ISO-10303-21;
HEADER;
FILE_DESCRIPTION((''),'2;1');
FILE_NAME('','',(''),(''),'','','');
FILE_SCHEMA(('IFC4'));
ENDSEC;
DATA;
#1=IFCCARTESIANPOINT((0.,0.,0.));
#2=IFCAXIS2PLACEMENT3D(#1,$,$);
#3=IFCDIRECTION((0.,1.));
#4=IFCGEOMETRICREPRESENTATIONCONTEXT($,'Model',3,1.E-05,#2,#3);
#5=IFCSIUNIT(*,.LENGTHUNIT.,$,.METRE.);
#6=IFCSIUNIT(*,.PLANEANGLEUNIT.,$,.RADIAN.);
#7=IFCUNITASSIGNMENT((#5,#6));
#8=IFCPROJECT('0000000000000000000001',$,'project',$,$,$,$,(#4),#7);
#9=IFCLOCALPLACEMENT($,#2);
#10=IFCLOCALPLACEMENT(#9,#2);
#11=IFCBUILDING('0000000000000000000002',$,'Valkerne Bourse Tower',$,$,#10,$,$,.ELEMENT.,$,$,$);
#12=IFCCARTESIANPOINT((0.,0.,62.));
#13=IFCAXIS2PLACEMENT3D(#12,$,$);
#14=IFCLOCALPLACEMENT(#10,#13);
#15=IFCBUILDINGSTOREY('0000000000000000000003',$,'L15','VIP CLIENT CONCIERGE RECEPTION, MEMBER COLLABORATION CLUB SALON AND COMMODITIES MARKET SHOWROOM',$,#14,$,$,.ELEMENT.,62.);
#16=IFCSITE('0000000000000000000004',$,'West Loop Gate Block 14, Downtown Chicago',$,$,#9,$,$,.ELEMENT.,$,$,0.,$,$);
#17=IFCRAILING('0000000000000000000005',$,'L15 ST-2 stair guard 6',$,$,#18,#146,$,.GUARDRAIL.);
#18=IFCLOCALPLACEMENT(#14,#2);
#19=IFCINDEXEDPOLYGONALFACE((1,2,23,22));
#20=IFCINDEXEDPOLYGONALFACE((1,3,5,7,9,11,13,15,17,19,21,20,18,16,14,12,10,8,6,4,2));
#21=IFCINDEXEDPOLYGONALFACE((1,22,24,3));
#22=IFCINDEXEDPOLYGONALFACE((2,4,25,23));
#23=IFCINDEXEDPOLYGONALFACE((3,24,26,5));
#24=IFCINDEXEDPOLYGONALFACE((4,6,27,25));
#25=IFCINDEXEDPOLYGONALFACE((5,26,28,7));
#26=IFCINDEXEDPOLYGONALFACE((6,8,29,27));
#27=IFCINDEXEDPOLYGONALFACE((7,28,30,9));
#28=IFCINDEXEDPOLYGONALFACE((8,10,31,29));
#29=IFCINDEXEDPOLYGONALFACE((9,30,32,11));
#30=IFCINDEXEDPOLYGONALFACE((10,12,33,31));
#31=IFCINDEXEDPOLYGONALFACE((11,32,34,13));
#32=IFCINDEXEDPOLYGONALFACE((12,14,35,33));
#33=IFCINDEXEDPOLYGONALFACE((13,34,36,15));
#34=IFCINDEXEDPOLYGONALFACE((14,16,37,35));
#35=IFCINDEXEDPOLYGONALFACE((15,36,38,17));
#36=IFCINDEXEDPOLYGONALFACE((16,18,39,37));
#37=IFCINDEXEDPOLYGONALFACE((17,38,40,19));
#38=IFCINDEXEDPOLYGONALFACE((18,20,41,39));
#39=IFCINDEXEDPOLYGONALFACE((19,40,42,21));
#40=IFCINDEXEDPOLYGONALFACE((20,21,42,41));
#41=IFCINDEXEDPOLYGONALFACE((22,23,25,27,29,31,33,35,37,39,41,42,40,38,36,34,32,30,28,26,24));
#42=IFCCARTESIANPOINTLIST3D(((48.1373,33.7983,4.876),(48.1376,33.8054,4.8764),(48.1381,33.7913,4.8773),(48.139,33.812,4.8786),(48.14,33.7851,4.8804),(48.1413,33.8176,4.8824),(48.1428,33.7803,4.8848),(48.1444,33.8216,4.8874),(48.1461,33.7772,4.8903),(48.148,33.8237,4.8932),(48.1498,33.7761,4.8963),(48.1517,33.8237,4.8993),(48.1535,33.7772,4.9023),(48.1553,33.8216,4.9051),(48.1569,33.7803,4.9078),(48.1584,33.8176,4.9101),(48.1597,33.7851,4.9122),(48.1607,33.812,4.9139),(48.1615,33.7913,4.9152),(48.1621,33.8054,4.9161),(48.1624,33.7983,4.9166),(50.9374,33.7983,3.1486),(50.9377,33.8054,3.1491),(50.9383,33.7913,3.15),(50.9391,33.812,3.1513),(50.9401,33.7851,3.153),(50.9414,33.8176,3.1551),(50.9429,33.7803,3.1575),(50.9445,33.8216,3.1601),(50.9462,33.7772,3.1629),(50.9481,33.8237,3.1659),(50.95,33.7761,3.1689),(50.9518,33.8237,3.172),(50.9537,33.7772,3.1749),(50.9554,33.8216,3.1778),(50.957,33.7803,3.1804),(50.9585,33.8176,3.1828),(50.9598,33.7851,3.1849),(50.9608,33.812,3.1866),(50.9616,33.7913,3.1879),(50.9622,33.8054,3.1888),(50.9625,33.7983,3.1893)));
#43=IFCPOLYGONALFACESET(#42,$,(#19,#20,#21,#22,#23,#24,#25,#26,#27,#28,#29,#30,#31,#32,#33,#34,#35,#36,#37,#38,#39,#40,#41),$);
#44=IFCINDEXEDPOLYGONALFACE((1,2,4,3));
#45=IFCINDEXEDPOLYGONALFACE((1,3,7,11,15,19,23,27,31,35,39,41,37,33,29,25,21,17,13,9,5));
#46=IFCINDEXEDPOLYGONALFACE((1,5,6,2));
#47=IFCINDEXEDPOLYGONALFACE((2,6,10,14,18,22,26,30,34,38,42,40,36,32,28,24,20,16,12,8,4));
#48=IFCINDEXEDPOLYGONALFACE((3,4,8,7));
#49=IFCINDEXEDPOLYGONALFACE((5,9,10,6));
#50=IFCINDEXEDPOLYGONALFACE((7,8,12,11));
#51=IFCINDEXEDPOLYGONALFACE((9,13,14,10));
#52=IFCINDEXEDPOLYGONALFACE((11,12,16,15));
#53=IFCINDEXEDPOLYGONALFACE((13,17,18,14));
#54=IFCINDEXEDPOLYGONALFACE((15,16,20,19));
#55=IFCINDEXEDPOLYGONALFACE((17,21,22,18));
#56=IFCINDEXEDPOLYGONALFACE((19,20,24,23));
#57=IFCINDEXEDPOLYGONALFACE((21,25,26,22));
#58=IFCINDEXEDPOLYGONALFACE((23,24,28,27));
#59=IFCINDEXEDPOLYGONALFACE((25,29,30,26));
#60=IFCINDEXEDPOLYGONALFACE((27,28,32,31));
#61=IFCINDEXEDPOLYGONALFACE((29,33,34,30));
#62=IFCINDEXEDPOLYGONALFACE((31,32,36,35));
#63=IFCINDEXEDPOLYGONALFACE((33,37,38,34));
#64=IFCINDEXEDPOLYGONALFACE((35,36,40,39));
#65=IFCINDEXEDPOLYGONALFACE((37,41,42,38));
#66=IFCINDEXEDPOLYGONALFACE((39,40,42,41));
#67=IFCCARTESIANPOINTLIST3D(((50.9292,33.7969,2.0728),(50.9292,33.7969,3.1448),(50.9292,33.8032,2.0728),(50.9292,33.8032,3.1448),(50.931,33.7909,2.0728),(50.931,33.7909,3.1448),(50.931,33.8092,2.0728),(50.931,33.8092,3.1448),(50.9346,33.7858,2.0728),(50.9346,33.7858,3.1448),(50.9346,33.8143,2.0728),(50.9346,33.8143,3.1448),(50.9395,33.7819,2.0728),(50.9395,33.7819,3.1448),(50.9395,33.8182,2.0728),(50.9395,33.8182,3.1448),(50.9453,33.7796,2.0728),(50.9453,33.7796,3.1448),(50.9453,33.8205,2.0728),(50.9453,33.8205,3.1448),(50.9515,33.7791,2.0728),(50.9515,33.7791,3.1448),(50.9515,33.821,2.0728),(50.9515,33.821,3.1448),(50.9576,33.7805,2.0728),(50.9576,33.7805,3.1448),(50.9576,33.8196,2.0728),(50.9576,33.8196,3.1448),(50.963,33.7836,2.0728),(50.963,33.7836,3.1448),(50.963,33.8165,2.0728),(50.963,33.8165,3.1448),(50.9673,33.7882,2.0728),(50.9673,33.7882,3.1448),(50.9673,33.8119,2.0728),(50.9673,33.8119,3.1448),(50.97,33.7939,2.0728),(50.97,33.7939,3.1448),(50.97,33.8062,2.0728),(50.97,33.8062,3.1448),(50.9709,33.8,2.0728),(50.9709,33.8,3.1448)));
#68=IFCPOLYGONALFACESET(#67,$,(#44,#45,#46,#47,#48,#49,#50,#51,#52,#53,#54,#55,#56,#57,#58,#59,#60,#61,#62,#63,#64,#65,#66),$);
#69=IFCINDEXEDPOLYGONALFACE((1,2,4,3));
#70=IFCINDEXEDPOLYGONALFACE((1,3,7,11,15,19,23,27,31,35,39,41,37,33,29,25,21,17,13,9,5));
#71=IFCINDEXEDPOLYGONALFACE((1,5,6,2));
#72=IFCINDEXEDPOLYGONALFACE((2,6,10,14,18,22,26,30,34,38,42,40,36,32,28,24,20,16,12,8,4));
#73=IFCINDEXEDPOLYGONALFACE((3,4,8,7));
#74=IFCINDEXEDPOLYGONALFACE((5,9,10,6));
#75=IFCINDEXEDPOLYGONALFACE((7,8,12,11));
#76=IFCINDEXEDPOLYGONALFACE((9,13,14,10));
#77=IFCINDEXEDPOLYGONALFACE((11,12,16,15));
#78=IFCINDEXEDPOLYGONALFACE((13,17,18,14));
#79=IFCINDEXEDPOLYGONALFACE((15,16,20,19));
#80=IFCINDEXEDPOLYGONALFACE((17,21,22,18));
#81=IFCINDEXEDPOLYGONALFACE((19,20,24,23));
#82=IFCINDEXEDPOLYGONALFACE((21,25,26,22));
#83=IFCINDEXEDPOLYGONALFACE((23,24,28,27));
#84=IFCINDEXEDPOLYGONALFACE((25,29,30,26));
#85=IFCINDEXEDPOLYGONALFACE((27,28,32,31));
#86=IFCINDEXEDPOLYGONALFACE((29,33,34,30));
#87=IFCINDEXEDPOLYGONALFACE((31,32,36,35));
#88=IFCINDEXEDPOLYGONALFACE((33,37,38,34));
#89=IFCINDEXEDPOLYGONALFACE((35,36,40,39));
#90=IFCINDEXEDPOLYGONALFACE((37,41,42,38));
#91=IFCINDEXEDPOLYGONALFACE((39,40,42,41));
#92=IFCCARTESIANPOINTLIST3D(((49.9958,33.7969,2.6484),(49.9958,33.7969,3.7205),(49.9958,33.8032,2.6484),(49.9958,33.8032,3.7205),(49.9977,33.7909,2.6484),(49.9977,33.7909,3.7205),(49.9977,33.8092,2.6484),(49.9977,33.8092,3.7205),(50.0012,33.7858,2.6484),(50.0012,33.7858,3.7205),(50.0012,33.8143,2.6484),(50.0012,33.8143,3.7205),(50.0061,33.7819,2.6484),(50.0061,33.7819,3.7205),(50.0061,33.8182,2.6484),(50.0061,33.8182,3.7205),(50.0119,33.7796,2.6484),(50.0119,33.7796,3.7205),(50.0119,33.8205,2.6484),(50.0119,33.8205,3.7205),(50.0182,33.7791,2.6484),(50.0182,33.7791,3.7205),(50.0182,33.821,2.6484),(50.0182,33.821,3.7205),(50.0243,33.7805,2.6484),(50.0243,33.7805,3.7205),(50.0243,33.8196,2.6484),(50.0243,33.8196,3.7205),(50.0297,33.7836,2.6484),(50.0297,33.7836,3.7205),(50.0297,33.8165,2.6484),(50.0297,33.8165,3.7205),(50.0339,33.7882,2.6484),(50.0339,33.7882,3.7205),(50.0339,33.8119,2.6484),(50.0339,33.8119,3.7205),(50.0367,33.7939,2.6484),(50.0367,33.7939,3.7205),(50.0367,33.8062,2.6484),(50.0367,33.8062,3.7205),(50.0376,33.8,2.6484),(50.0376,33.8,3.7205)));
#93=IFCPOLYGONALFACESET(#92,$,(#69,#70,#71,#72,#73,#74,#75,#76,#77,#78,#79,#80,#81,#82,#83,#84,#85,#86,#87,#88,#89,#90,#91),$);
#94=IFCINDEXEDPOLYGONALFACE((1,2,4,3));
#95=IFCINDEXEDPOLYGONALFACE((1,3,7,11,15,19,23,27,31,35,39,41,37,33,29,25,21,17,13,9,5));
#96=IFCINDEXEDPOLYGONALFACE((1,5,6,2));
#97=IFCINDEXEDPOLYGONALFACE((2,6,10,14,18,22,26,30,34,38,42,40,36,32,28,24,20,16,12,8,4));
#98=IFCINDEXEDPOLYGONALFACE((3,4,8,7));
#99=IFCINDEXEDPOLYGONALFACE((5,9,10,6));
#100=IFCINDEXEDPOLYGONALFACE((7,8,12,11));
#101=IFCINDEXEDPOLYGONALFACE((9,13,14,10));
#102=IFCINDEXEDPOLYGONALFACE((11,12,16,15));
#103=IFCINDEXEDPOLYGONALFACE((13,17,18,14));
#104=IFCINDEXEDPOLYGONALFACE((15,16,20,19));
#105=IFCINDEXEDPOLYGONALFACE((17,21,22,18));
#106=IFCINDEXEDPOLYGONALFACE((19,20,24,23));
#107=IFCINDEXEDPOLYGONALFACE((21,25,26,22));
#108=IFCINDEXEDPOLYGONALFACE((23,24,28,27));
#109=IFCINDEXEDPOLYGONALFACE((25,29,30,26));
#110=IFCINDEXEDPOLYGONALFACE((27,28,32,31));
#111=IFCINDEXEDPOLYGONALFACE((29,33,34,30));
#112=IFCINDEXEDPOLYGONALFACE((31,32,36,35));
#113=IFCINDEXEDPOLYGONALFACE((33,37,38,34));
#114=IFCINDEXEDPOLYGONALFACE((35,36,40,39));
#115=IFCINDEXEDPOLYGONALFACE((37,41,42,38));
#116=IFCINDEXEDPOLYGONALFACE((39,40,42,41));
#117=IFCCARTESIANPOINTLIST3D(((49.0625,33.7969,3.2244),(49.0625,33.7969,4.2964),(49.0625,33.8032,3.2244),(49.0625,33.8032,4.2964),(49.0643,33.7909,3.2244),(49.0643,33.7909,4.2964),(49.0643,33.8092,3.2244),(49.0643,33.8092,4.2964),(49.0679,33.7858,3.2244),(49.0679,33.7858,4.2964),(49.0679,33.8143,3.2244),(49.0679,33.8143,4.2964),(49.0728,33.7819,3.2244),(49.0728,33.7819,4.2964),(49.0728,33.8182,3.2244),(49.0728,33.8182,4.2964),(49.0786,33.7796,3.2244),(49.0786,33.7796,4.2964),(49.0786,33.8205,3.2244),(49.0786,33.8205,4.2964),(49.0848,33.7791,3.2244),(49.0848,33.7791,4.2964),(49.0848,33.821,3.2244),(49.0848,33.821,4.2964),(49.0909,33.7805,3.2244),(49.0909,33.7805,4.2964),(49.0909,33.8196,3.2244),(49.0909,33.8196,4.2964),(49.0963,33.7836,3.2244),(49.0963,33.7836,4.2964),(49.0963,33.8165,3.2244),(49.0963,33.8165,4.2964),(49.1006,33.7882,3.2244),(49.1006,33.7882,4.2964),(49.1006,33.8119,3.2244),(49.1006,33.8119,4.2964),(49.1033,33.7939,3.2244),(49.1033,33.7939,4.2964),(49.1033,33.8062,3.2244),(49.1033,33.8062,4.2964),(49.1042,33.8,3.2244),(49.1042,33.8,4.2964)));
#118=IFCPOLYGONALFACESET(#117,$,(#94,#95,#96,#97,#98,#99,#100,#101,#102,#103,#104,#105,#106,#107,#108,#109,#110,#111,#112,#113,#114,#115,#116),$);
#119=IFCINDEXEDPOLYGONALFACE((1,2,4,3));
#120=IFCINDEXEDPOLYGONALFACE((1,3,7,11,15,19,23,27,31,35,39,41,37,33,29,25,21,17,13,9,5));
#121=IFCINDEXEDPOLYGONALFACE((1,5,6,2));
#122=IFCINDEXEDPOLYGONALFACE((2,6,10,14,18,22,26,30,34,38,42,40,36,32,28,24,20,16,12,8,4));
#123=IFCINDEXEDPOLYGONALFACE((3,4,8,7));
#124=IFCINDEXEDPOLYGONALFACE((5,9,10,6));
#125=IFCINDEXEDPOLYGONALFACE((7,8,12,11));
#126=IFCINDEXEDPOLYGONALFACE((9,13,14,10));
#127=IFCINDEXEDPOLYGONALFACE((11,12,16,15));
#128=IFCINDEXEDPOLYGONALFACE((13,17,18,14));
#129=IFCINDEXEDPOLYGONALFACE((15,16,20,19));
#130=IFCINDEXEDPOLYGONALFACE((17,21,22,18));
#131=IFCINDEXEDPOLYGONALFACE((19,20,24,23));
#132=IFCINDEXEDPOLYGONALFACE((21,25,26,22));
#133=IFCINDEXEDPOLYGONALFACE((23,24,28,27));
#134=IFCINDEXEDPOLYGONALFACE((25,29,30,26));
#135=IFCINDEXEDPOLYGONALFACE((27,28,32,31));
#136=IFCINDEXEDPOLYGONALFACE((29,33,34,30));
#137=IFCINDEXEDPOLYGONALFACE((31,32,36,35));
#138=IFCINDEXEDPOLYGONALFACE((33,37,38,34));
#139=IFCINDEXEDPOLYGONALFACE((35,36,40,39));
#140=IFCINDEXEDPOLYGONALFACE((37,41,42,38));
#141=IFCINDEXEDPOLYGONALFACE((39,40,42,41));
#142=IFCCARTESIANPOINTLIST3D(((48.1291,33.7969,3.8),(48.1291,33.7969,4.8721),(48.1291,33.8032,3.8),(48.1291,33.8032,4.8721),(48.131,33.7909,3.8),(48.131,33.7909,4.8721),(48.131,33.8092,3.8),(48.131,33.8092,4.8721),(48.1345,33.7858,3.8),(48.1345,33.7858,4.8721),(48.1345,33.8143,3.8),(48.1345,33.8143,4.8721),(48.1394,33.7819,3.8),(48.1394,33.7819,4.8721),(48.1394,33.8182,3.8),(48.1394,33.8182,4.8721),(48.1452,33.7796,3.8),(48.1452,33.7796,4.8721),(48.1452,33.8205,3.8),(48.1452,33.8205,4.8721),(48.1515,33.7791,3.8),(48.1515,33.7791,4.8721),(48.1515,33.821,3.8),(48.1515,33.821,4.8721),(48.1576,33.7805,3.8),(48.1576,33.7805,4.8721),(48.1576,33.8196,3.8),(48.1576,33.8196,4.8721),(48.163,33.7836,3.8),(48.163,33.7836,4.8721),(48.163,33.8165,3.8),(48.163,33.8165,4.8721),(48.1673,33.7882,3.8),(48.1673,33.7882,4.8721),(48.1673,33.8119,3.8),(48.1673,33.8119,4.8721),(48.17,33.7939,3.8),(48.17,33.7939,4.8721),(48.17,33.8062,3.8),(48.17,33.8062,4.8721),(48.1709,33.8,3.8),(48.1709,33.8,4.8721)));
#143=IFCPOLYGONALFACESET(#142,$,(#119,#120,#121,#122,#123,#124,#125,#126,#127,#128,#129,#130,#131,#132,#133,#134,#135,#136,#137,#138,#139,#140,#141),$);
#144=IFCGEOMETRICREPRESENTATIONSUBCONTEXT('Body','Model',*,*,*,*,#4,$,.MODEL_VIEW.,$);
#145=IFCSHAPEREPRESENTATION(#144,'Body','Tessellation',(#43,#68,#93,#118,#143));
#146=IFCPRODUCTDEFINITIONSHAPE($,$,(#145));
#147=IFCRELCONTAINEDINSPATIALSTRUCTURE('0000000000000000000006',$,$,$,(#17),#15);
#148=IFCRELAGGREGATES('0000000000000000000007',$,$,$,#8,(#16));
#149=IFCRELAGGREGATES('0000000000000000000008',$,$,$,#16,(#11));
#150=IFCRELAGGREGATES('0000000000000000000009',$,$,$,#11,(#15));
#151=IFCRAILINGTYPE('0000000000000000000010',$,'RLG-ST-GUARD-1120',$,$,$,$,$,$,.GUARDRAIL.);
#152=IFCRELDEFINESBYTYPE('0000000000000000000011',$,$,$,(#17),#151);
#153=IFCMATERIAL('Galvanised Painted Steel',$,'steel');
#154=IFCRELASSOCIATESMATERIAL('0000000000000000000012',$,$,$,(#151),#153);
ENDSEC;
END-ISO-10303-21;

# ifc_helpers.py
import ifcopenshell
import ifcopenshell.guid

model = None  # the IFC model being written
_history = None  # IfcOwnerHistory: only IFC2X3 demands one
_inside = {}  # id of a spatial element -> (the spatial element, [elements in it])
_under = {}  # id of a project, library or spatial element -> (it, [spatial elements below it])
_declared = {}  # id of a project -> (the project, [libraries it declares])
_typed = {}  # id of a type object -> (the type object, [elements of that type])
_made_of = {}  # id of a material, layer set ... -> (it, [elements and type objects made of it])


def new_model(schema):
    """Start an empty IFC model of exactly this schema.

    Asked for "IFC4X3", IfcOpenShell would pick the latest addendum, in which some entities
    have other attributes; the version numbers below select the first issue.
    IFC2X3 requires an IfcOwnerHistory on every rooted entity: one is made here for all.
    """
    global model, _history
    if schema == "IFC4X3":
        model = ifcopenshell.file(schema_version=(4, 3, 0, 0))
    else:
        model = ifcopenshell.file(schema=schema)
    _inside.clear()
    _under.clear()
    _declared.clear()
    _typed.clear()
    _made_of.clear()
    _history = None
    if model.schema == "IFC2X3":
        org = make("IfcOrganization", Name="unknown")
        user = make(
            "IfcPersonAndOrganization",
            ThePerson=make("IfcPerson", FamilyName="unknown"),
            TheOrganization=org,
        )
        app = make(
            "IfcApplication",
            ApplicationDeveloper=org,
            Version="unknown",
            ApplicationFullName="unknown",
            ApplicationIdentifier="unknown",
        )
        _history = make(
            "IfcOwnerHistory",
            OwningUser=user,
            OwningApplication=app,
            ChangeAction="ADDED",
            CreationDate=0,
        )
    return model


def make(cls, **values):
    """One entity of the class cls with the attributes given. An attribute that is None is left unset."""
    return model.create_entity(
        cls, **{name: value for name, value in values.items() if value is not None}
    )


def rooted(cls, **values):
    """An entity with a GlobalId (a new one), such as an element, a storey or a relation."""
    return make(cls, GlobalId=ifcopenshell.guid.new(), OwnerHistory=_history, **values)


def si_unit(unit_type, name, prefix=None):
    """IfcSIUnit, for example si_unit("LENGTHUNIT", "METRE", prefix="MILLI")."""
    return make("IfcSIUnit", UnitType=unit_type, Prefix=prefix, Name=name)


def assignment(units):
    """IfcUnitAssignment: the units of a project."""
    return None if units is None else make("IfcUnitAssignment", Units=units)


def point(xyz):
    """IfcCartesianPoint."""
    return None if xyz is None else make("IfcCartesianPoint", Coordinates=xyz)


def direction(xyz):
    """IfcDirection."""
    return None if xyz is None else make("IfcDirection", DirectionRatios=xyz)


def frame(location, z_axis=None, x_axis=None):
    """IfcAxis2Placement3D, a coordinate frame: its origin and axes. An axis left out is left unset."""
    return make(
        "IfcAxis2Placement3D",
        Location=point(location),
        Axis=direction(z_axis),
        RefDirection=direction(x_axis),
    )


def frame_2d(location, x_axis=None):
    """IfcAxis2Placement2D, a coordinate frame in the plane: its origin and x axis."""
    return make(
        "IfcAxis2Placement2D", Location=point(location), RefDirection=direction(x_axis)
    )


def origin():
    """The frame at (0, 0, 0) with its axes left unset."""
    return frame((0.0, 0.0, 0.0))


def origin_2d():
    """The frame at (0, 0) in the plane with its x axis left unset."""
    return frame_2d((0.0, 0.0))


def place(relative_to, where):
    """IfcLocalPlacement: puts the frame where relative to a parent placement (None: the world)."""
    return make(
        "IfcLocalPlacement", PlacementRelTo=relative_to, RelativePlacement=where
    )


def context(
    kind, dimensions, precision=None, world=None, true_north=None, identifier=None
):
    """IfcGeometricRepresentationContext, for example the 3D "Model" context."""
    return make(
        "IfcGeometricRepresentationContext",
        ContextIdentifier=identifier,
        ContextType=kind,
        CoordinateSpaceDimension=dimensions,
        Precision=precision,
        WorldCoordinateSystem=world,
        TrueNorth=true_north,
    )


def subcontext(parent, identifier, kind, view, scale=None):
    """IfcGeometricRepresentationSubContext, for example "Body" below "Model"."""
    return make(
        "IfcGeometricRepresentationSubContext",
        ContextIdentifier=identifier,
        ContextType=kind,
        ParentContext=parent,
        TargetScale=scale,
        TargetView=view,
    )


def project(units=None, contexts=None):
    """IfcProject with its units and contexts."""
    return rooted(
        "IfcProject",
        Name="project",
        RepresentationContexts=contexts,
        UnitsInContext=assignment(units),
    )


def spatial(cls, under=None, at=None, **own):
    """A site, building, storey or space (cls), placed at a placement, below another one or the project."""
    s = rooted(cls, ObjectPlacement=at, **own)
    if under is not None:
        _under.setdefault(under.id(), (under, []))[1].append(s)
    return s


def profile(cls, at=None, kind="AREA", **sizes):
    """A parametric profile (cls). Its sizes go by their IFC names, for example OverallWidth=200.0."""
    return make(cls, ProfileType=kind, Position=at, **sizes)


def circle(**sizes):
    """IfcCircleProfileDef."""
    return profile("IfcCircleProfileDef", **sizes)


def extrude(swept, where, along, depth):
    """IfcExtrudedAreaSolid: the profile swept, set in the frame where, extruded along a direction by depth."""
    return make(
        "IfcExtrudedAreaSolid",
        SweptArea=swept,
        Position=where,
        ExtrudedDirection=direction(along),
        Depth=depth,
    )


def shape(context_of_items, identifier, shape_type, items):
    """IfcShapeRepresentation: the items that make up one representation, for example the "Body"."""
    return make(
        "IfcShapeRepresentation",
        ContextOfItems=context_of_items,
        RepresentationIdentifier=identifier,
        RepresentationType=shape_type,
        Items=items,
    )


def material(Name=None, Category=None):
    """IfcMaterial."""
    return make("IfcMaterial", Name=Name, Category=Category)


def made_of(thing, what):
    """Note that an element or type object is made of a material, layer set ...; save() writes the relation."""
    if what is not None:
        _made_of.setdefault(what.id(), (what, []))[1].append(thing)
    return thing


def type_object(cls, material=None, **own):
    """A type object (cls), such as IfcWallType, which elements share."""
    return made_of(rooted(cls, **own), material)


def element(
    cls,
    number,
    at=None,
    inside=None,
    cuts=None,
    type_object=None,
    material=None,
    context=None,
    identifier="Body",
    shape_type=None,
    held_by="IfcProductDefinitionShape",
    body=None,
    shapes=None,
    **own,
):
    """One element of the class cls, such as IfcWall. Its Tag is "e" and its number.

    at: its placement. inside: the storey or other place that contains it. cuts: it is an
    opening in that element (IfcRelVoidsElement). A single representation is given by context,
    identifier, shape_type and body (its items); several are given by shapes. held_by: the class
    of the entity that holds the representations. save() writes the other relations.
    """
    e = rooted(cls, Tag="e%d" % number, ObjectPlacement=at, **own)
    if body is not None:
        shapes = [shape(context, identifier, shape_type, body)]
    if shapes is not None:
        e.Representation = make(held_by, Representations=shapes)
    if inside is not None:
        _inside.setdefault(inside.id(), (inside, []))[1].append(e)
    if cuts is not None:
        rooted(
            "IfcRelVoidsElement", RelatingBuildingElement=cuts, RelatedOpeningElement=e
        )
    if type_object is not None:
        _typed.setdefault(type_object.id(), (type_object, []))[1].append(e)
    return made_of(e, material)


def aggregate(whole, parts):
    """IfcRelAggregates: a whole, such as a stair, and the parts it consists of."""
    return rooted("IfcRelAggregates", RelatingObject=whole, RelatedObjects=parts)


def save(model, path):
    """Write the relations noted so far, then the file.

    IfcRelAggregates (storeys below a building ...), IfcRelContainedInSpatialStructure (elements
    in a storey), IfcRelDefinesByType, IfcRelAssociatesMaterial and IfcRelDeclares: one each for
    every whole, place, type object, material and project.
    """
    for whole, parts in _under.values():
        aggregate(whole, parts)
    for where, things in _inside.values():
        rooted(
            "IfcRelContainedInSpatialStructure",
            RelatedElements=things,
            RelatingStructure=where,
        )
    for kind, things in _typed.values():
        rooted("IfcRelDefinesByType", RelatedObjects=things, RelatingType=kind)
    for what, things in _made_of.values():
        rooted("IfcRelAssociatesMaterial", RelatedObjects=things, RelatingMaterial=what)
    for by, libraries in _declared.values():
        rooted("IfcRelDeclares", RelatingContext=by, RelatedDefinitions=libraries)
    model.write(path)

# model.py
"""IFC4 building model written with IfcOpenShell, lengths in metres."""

from ifc_helpers import new_model, si_unit, direction, frame, origin, origin_2d, place, context, subcontext, project, spatial, circle, extrude, material, type_object, element, save


model = new_model("IFC4")

# Units and contexts
model_context = context("Model", 3, precision=1e-05, world=origin(), true_north=direction((0.0, 1.0)))
body_context = subcontext(model_context, "Body", "Model", "MODEL_VIEW")
ifc_project = project(units=[si_unit("LENGTHUNIT", "METRE"), si_unit("PLANEANGLEUNIT", "RADIAN")], contexts=[model_context])

# Site, building, storey
site_placement = place(None, origin())
site = spatial("IfcSite", under=ifc_project, at=site_placement, Name="West Loop Gate Block 14, Downtown Chicago", CompositionType="ELEMENT", RefElevation=0.0)
building_placement = place(site_placement, origin())
building = spatial("IfcBuilding", under=site, at=building_placement, Name="Valkerne Bourse Tower", CompositionType="ELEMENT")
storey_placement = place(building_placement, frame((0.0, 0.0, 62.0)))
storey = spatial("IfcBuildingStorey", under=building, at=storey_placement, Name="L15", Description="VIP CLIENT CONCIERGE RECEPTION, MEMBER COLLABORATION CLUB SALON AND COMMODITIES MARKET SHOWROOM", CompositionType="ELEMENT", Elevation=62.0)

# Railing
ifc_material_1 = material(Name="Galvanised Painted Steel", Category="steel")
railing_type_1 = type_object("IfcRailingType", Name="RLG-ST-GUARD-1120", PredefinedType="GUARDRAIL", material=ifc_material_1)
railing_1_placement = place(storey_placement, frame((50.95, 33.8, 2.0728)))
element("IfcRailing", 1, at=railing_1_placement, inside=storey, type_object=railing_type_1, Name="L15 ST-2 stair guard 6", PredefinedType="GUARDRAIL", context=body_context, shape_type="SweptSolid", body=[
    extrude(circle(Radius=0.0239, at=origin_2d()), frame((0.0, 0.0, 1.0962), z_axis=(-0.85109, 0.0, 0.52502), x_axis=(0.0, -1.0, 0.0)), (0.0, 0.0, 1.0), 3.29),
    extrude(circle(Radius=0.021, at=origin_2d()), origin(), (0.0, 0.0, 1.0), 1.072),
    extrude(circle(Radius=0.021, at=origin_2d()), frame((-0.9333, 0.0, 0.5757)), (0.0, 0.0, 1.0), 1.072),
    extrude(circle(Radius=0.021, at=origin_2d()), frame((-1.8667, 0.0, 1.1516)), (0.0, 0.0, 1.0), 1.072),
    extrude(circle(Radius=0.021, at=origin_2d()), frame((-2.8, 0.0, 1.7273)), (0.0, 0.0, 1.0), 1.072),
])

save(model, "model.ifc")
